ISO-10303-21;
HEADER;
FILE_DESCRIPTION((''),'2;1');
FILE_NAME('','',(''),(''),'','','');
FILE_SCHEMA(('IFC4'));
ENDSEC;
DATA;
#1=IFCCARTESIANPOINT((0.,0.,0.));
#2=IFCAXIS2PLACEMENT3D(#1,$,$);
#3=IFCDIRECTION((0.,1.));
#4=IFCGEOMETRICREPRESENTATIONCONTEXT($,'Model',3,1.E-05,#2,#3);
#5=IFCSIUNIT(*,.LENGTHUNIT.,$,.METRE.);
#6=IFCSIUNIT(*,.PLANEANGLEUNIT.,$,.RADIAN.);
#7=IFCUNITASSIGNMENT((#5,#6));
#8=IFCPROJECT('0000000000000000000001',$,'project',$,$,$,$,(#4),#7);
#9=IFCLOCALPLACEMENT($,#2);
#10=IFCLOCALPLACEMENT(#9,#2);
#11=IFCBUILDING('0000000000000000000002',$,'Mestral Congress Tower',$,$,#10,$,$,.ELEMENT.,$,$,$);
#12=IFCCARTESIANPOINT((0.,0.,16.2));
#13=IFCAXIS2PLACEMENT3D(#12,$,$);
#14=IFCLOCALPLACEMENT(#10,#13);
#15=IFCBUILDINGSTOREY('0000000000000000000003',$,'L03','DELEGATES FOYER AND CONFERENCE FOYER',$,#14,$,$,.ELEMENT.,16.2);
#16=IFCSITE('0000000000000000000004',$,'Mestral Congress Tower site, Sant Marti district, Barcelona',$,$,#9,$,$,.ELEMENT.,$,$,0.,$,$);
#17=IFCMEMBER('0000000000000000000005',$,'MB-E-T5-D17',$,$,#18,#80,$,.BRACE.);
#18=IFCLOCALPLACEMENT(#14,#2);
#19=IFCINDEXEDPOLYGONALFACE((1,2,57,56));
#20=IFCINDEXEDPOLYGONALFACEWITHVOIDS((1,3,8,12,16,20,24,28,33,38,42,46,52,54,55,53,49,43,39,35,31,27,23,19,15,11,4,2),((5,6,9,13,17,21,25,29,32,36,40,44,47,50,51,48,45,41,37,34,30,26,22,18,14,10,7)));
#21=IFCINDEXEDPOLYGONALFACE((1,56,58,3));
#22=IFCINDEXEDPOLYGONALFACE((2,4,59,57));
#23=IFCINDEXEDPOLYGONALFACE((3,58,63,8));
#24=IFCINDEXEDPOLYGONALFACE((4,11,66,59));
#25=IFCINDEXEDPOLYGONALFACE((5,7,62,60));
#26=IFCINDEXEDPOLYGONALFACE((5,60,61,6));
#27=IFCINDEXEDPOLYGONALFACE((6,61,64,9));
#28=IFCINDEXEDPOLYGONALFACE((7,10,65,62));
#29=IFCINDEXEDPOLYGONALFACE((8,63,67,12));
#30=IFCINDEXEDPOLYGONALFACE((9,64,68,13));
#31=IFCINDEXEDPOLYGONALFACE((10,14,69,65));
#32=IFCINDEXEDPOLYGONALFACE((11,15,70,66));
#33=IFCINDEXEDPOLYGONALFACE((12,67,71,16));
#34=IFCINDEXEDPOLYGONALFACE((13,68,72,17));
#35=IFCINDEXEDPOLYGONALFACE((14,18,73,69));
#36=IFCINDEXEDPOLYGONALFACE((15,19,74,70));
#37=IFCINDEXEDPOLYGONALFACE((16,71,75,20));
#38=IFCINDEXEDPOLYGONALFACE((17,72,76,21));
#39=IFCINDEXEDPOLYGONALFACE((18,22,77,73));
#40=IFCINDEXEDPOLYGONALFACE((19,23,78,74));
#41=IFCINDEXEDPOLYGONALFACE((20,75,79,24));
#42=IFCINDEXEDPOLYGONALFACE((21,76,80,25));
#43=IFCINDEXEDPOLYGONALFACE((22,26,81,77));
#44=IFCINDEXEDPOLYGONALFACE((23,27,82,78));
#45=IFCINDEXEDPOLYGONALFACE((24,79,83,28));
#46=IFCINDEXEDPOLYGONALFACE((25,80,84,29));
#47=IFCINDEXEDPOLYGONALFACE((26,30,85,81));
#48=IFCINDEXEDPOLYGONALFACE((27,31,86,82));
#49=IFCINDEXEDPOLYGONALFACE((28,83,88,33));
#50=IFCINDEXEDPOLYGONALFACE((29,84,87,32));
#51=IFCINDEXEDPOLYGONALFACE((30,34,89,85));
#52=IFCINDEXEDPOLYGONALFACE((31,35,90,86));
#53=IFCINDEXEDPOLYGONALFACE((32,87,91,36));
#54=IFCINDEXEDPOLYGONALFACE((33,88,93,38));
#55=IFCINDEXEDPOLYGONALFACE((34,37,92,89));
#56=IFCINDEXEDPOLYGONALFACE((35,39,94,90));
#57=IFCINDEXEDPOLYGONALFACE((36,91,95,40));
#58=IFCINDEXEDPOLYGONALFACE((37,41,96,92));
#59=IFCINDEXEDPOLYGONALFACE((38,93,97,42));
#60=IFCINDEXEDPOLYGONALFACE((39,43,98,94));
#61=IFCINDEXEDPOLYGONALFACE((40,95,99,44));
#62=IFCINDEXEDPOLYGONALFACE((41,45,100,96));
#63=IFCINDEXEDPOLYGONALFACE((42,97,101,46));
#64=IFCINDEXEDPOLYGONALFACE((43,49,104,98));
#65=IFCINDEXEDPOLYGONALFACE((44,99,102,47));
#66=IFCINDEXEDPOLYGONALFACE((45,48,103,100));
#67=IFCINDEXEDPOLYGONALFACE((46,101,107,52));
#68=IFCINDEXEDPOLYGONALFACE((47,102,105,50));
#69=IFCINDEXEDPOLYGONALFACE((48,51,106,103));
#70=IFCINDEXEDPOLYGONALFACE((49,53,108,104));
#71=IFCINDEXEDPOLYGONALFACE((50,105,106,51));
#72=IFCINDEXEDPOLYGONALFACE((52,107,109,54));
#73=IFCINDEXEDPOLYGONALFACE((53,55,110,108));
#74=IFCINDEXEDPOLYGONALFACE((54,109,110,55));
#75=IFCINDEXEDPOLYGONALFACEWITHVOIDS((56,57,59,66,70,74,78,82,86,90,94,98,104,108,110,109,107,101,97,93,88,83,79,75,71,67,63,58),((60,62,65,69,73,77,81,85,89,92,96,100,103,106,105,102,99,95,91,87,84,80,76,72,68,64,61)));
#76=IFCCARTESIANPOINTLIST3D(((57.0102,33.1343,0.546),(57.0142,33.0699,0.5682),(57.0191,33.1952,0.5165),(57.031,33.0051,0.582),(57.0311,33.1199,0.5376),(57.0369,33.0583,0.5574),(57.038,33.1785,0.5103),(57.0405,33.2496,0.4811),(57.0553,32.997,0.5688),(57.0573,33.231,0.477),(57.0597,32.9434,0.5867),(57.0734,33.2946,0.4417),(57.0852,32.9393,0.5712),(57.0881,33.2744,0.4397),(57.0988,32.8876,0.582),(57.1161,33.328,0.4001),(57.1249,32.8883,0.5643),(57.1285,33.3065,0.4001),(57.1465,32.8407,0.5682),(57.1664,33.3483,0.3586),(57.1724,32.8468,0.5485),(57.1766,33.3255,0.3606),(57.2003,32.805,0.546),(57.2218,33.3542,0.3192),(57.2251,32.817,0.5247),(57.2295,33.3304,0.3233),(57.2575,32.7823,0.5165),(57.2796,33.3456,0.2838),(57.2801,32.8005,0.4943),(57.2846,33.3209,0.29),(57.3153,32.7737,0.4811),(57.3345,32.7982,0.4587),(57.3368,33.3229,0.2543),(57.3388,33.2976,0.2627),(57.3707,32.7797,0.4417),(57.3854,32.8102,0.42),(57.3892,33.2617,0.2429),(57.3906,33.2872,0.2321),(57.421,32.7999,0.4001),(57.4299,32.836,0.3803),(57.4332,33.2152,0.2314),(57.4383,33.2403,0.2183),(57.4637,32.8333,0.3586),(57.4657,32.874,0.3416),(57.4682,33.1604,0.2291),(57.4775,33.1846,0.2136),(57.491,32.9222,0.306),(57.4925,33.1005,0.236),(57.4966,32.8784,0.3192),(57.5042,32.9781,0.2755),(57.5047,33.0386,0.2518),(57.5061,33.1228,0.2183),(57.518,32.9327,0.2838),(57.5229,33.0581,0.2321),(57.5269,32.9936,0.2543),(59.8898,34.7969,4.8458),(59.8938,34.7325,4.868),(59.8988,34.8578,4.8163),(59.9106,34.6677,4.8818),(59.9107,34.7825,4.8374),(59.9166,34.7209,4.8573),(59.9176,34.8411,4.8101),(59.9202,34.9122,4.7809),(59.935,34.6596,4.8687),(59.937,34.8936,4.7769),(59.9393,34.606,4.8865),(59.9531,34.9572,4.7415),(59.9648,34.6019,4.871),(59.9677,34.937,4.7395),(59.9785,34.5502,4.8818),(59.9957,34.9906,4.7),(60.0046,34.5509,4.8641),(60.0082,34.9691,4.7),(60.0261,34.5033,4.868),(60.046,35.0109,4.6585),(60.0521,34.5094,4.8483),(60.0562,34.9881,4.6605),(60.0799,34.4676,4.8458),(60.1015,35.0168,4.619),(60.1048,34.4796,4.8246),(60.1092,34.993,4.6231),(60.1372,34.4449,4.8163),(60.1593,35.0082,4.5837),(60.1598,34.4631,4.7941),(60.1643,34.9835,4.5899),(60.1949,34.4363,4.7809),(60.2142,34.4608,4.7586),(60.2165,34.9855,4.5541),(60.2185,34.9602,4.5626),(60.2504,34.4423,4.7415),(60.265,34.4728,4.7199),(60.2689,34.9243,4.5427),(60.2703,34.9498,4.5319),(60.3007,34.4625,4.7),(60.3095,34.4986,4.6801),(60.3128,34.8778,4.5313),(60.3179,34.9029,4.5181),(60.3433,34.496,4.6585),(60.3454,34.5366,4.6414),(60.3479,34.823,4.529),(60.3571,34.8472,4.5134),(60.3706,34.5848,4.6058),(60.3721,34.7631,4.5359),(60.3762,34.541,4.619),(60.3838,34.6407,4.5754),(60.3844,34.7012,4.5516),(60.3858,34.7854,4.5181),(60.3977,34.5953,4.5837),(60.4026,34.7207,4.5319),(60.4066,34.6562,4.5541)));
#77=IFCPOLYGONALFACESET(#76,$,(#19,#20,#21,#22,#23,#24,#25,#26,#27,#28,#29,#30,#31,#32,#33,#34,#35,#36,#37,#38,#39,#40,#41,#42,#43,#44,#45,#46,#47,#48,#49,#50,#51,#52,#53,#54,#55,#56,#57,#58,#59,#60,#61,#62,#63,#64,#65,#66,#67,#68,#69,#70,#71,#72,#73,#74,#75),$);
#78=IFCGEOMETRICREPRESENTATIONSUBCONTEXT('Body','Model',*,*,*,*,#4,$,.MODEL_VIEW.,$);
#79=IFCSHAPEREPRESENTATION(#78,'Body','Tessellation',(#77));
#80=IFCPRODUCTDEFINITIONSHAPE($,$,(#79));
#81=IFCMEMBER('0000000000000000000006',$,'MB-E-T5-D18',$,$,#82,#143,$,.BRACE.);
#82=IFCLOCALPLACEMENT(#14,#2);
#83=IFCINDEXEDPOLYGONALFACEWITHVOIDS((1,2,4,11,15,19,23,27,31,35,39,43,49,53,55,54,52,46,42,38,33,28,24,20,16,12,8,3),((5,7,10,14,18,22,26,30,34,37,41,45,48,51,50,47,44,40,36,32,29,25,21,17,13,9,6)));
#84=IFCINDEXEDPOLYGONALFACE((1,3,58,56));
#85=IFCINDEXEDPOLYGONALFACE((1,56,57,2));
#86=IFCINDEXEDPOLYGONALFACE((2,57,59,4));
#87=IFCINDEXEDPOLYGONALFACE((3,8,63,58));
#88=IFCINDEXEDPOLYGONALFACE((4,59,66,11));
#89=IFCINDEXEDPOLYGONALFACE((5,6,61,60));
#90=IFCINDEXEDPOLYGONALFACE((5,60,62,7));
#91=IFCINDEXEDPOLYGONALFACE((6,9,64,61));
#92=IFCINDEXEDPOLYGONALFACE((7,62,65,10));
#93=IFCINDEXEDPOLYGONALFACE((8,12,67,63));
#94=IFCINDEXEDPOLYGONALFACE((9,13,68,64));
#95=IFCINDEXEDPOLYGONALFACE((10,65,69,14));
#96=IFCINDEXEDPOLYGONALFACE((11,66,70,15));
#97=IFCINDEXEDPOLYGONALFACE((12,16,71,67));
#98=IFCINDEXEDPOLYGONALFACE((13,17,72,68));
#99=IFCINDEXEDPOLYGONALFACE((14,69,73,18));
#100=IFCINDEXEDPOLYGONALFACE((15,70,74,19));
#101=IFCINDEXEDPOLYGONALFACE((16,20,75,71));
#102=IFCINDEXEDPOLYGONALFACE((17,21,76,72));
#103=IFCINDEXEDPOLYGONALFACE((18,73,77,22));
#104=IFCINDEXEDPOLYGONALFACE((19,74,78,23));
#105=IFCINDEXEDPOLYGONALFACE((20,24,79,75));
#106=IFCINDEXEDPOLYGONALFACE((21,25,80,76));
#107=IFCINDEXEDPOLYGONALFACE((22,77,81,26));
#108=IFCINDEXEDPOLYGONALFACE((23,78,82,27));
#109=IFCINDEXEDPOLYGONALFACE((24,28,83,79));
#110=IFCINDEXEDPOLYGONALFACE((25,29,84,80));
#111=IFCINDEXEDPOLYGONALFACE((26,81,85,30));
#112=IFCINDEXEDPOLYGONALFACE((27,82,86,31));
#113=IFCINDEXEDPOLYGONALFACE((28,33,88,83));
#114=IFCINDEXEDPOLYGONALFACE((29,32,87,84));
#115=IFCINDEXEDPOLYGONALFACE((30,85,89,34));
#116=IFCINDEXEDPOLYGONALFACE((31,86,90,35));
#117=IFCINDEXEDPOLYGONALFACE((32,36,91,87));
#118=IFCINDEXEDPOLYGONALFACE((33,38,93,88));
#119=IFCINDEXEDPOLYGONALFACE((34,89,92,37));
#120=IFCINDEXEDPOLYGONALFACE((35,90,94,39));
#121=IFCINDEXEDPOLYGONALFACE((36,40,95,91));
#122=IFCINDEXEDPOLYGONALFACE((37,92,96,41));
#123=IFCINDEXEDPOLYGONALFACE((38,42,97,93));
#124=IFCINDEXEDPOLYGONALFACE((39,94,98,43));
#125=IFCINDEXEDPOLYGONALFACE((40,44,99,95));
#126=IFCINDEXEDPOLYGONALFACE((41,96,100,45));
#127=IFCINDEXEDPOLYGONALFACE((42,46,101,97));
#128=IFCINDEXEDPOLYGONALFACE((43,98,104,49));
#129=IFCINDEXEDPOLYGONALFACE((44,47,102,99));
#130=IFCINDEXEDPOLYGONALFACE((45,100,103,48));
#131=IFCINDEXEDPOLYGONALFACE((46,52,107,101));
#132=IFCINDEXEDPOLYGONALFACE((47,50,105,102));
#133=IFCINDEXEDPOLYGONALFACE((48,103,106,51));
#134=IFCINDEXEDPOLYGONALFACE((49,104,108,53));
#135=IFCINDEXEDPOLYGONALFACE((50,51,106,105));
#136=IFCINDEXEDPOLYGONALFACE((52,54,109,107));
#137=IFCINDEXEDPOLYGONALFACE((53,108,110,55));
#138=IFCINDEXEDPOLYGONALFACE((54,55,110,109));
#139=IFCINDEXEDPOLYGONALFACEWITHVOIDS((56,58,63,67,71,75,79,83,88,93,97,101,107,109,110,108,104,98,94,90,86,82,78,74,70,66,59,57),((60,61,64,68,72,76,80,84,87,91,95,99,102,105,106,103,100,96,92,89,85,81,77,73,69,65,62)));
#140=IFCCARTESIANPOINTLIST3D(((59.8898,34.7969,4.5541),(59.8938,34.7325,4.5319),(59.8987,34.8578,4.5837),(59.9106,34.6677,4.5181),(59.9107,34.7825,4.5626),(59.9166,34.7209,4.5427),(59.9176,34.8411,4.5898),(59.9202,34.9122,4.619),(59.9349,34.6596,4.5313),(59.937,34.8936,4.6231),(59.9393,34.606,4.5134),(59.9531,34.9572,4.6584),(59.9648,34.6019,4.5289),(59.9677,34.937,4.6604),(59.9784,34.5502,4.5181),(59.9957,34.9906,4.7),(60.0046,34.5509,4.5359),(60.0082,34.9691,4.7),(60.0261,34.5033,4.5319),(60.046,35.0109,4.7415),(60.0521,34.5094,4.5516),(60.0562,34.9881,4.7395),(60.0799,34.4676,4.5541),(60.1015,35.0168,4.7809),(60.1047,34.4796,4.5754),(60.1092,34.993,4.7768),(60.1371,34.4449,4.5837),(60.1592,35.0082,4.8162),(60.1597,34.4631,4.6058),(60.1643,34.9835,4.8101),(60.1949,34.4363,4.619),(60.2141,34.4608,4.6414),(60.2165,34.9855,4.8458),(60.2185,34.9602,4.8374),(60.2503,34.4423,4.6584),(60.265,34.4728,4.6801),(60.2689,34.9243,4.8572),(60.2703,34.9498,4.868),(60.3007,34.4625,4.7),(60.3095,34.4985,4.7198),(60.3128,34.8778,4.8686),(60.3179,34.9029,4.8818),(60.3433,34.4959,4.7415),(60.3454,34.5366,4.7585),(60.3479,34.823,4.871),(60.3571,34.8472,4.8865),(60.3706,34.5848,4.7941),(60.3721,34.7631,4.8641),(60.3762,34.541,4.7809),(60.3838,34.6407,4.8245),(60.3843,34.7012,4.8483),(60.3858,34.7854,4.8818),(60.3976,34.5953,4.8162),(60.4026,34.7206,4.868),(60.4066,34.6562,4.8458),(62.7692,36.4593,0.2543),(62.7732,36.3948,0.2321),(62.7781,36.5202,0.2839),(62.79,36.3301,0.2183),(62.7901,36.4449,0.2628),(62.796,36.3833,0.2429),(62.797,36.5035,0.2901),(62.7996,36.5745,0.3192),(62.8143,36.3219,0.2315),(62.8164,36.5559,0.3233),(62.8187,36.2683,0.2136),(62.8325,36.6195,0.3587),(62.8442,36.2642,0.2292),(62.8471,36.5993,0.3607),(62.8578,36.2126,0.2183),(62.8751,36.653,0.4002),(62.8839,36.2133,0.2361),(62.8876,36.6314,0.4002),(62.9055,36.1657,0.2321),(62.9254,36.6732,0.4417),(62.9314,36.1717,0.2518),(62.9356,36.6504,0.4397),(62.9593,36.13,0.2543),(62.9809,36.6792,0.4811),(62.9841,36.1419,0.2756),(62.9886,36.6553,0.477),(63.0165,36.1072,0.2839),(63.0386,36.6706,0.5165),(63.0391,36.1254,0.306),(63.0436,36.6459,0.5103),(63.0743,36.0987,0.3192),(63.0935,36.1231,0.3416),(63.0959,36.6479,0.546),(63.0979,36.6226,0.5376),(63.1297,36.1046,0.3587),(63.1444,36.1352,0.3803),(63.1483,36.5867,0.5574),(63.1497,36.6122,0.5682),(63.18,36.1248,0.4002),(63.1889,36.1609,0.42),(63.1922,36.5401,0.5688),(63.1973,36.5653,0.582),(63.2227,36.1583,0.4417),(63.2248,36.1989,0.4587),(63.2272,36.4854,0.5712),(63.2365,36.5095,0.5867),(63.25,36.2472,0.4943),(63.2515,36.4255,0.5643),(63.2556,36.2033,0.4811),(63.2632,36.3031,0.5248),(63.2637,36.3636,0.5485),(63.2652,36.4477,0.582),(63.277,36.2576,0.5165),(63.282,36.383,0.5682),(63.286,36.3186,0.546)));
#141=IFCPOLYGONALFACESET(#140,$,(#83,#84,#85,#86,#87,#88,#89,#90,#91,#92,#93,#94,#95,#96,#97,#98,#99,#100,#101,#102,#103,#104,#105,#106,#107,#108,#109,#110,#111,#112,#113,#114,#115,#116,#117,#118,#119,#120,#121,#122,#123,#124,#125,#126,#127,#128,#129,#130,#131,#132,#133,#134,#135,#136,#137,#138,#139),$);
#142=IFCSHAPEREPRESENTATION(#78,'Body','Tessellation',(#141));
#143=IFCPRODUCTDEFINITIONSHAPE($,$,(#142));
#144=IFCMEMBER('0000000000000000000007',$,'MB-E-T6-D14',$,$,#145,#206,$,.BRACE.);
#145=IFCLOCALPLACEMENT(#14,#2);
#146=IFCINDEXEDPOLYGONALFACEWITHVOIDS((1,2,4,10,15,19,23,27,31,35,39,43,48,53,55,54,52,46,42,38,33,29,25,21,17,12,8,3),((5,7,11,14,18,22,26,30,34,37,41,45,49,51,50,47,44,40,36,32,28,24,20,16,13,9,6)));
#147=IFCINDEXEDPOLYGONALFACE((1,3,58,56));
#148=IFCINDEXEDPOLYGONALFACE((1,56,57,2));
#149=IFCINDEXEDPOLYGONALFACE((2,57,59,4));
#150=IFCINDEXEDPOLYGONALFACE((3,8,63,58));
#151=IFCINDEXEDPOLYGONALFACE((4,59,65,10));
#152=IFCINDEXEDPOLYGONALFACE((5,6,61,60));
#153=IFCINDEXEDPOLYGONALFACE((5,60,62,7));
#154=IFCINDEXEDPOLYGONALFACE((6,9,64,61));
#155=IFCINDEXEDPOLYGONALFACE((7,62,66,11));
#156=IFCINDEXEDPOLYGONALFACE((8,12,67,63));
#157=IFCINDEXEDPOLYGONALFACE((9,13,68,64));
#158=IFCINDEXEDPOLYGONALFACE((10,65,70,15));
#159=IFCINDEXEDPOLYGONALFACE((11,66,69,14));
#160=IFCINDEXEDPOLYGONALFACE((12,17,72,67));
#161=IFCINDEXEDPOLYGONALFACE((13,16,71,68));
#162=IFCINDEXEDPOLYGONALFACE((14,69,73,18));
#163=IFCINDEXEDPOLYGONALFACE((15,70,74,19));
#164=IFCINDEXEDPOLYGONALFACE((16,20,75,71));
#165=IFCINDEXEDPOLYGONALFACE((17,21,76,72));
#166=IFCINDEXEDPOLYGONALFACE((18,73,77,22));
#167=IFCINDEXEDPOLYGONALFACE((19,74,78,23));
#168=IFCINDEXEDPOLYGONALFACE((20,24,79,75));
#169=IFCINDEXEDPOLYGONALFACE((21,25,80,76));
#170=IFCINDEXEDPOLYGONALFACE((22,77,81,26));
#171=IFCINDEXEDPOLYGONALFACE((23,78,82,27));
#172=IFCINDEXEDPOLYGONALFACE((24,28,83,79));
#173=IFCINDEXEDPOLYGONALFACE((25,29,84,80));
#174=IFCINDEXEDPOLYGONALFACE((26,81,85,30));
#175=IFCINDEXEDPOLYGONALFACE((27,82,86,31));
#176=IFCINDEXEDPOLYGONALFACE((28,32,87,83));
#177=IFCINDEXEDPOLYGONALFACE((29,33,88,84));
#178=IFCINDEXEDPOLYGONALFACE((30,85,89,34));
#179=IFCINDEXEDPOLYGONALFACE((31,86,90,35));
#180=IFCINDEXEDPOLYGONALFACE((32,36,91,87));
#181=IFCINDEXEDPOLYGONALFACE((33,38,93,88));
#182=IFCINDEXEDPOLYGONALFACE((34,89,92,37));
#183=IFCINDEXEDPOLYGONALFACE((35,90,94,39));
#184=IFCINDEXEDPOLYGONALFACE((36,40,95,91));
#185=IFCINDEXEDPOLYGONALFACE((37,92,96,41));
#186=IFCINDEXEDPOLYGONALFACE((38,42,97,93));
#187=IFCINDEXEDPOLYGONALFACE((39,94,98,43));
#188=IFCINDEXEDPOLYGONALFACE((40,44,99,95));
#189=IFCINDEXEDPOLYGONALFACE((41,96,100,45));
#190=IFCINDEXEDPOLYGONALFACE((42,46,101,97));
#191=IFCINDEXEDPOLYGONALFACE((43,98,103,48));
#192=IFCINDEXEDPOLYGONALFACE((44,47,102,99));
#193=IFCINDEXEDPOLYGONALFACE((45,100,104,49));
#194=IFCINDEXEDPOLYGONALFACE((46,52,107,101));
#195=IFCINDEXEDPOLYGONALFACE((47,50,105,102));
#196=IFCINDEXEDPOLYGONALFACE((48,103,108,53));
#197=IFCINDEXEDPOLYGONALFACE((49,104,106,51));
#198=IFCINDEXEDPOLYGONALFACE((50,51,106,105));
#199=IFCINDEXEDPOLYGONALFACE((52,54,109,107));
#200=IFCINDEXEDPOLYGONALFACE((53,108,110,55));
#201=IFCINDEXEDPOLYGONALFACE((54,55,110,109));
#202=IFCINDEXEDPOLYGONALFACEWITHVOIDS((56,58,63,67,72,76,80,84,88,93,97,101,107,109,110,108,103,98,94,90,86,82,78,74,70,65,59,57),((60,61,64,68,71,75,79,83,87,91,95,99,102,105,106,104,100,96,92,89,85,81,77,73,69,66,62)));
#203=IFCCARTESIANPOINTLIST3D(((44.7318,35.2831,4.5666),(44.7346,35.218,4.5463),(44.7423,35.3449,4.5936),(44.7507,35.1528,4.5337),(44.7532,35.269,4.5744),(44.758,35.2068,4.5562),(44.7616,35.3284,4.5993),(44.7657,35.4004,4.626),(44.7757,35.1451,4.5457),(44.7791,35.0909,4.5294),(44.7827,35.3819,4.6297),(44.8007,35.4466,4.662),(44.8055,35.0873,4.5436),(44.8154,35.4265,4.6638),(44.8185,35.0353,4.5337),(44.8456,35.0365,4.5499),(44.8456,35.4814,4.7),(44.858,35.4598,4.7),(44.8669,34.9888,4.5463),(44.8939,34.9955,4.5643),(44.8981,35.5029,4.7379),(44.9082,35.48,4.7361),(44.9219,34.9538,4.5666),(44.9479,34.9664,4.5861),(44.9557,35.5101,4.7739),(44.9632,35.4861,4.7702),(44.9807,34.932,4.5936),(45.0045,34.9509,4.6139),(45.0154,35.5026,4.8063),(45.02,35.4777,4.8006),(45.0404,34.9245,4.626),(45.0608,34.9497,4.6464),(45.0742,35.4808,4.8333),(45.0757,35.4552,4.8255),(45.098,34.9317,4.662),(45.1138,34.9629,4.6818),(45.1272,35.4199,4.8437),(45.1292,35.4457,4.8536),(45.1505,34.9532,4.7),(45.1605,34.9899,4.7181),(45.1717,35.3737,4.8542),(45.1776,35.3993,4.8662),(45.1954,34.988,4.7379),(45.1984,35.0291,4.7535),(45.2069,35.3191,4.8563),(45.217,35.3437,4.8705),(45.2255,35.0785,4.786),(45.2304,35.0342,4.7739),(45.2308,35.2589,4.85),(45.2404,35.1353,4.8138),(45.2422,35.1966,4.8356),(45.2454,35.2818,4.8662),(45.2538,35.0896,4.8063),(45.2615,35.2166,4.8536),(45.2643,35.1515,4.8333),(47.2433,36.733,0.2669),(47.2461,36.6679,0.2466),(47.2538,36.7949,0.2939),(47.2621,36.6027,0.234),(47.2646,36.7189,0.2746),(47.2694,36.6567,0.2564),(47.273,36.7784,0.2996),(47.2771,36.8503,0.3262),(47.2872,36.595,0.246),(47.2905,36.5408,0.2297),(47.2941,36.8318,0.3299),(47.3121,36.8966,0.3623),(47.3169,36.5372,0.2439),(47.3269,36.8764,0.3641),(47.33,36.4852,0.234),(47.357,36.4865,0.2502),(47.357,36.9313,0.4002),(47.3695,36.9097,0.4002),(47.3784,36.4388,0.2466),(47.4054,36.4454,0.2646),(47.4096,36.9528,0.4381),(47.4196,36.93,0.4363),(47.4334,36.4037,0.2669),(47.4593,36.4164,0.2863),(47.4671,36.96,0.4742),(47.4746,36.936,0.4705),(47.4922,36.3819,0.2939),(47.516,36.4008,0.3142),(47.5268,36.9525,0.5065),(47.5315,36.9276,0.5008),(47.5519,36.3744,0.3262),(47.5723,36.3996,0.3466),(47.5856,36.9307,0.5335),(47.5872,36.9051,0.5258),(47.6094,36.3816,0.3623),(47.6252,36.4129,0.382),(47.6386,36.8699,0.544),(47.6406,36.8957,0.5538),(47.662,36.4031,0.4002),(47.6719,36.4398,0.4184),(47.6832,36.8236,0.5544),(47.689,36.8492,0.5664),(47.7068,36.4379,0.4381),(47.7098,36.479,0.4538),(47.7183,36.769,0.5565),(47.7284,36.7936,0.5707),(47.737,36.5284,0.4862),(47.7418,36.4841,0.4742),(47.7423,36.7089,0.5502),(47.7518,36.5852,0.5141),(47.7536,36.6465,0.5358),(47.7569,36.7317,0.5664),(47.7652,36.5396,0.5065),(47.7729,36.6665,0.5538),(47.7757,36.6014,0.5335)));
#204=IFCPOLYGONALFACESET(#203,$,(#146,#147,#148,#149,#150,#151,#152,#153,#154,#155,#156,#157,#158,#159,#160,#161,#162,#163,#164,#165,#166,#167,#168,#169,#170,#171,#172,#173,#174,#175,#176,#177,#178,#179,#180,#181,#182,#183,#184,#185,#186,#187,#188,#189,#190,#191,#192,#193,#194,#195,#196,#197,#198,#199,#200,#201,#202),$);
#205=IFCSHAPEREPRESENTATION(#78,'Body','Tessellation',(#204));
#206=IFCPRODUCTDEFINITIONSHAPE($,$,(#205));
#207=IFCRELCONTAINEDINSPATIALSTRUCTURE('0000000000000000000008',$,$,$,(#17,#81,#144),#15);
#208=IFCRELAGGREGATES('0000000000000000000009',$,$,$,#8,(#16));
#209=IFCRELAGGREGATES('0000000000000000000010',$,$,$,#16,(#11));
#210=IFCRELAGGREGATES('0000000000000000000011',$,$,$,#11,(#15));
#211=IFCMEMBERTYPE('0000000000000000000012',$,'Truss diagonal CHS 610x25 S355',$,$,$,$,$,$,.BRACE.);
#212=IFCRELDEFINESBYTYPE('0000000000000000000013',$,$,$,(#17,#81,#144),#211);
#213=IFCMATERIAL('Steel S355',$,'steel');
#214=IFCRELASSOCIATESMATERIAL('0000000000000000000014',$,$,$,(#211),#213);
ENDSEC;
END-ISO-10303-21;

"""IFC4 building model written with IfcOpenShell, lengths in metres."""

from ifc_helpers import new_model, si_unit, direction, frame, origin, origin_2d, place, context, subcontext, project, spatial, hollow_circle, extrude, material, material_profile, profile_set, type_object, element, save


model = new_model("IFC4")

# Units and contexts
model_context = context("Model", 3, precision=1e-05, world=origin(), true_north=direction((0.0, 1.0)))
body_context = subcontext(model_context, "Body", "Model", "MODEL_VIEW")
ifc_project = project(units=[si_unit("LENGTHUNIT", "METRE"), si_unit("PLANEANGLEUNIT", "RADIAN")], contexts=[model_context])

# Site, building, storey
site_placement = place(None, origin())
site = spatial("IfcSite", under=ifc_project, at=site_placement, Name="Mestral Congress Tower site, Sant Marti district, Barcelona", CompositionType="ELEMENT", RefElevation=0.0)
building_placement = place(site_placement, origin())
building = spatial("IfcBuilding", under=site, at=building_placement, Name="Mestral Congress Tower", CompositionType="ELEMENT")
storey_placement = place(building_placement, frame((0.0, 0.0, 16.2)))
storey = spatial("IfcBuildingStorey", under=building, at=storey_placement, Name="L03", Description="DELEGATES FOYER AND CONFERENCE FOYER", CompositionType="ELEMENT", Elevation=16.2)

# Members
ifc_material_1 = material(Name="Steel S355", Category="steel")
ifc_material_profile_1 = material_profile(ifc_material_1, hollow_circle(Radius=0.3049, WallThickness=0.0249, at=origin_2d()), Name="CHS 610x25")
ifc_profile_set_1 = profile_set([ifc_material_profile_1], Name="Steel S355")
member_type_1 = type_object("IfcMemberType", Name="Truss diagonal CHS 610x25 S355", PredefinedType="BRACE", material=ifc_profile_set_1)
for number, where, z_axis, x_axis, name in (
    (1, (57.2686, 33.064, 0.4001), (0.529782, 0.305877, 0.791057), (-0.500008, 0.866021, 0.0), "MB-E-T5-D17"),
):
    element("IfcMember", number, at=place(storey_placement, frame(where, z_axis=z_axis, x_axis=x_axis)), inside=storey, type_object=member_type_1, Name=name, PredefinedType="BRACE", context=body_context, shape_type="SweptSolid", body=[
        extrude(hollow_circle(Radius=0.3049, WallThickness=0.0249, at=origin_2d()), origin(), (0.0, 0.0, 1.0), 5.4355),
    ])
member_1_placement = place(storey_placement, frame((60.1482, 34.7266, 4.7), z_axis=(0.529757, 0.305843, -0.791087), x_axis=(-0.499985, 0.866034, 0.0)))
element("IfcMember", 2, at=member_1_placement, inside=storey, type_object=member_type_1, Name="MB-E-T5-D18", PredefinedType="BRACE", context=body_context, shape_type="SweptSolid", body=[
    extrude(hollow_circle(Radius=0.3049, WallThickness=0.0249, at=origin_2d()), origin(), (0.0, 0.0, 1.0), 5.4353),
])
member_2_placement = place(storey_placement, frame((44.998, 35.2173, 4.7), z_axis=(0.484247, 0.279571, -0.829062), x_axis=(-0.499987, 0.866033, 0.0)))
element("IfcMember", 3, at=member_2_placement, inside=storey, type_object=member_type_1, Name="MB-E-T6-D14", PredefinedType="BRACE", context=body_context, shape_type="SweptSolid", body=[
    extrude(hollow_circle(Radius=0.3049, WallThickness=0.0249, at=origin_2d()), origin(), (0.0, 0.0, 1.0), 5.1863),
])

save(model, "model.ifc")
